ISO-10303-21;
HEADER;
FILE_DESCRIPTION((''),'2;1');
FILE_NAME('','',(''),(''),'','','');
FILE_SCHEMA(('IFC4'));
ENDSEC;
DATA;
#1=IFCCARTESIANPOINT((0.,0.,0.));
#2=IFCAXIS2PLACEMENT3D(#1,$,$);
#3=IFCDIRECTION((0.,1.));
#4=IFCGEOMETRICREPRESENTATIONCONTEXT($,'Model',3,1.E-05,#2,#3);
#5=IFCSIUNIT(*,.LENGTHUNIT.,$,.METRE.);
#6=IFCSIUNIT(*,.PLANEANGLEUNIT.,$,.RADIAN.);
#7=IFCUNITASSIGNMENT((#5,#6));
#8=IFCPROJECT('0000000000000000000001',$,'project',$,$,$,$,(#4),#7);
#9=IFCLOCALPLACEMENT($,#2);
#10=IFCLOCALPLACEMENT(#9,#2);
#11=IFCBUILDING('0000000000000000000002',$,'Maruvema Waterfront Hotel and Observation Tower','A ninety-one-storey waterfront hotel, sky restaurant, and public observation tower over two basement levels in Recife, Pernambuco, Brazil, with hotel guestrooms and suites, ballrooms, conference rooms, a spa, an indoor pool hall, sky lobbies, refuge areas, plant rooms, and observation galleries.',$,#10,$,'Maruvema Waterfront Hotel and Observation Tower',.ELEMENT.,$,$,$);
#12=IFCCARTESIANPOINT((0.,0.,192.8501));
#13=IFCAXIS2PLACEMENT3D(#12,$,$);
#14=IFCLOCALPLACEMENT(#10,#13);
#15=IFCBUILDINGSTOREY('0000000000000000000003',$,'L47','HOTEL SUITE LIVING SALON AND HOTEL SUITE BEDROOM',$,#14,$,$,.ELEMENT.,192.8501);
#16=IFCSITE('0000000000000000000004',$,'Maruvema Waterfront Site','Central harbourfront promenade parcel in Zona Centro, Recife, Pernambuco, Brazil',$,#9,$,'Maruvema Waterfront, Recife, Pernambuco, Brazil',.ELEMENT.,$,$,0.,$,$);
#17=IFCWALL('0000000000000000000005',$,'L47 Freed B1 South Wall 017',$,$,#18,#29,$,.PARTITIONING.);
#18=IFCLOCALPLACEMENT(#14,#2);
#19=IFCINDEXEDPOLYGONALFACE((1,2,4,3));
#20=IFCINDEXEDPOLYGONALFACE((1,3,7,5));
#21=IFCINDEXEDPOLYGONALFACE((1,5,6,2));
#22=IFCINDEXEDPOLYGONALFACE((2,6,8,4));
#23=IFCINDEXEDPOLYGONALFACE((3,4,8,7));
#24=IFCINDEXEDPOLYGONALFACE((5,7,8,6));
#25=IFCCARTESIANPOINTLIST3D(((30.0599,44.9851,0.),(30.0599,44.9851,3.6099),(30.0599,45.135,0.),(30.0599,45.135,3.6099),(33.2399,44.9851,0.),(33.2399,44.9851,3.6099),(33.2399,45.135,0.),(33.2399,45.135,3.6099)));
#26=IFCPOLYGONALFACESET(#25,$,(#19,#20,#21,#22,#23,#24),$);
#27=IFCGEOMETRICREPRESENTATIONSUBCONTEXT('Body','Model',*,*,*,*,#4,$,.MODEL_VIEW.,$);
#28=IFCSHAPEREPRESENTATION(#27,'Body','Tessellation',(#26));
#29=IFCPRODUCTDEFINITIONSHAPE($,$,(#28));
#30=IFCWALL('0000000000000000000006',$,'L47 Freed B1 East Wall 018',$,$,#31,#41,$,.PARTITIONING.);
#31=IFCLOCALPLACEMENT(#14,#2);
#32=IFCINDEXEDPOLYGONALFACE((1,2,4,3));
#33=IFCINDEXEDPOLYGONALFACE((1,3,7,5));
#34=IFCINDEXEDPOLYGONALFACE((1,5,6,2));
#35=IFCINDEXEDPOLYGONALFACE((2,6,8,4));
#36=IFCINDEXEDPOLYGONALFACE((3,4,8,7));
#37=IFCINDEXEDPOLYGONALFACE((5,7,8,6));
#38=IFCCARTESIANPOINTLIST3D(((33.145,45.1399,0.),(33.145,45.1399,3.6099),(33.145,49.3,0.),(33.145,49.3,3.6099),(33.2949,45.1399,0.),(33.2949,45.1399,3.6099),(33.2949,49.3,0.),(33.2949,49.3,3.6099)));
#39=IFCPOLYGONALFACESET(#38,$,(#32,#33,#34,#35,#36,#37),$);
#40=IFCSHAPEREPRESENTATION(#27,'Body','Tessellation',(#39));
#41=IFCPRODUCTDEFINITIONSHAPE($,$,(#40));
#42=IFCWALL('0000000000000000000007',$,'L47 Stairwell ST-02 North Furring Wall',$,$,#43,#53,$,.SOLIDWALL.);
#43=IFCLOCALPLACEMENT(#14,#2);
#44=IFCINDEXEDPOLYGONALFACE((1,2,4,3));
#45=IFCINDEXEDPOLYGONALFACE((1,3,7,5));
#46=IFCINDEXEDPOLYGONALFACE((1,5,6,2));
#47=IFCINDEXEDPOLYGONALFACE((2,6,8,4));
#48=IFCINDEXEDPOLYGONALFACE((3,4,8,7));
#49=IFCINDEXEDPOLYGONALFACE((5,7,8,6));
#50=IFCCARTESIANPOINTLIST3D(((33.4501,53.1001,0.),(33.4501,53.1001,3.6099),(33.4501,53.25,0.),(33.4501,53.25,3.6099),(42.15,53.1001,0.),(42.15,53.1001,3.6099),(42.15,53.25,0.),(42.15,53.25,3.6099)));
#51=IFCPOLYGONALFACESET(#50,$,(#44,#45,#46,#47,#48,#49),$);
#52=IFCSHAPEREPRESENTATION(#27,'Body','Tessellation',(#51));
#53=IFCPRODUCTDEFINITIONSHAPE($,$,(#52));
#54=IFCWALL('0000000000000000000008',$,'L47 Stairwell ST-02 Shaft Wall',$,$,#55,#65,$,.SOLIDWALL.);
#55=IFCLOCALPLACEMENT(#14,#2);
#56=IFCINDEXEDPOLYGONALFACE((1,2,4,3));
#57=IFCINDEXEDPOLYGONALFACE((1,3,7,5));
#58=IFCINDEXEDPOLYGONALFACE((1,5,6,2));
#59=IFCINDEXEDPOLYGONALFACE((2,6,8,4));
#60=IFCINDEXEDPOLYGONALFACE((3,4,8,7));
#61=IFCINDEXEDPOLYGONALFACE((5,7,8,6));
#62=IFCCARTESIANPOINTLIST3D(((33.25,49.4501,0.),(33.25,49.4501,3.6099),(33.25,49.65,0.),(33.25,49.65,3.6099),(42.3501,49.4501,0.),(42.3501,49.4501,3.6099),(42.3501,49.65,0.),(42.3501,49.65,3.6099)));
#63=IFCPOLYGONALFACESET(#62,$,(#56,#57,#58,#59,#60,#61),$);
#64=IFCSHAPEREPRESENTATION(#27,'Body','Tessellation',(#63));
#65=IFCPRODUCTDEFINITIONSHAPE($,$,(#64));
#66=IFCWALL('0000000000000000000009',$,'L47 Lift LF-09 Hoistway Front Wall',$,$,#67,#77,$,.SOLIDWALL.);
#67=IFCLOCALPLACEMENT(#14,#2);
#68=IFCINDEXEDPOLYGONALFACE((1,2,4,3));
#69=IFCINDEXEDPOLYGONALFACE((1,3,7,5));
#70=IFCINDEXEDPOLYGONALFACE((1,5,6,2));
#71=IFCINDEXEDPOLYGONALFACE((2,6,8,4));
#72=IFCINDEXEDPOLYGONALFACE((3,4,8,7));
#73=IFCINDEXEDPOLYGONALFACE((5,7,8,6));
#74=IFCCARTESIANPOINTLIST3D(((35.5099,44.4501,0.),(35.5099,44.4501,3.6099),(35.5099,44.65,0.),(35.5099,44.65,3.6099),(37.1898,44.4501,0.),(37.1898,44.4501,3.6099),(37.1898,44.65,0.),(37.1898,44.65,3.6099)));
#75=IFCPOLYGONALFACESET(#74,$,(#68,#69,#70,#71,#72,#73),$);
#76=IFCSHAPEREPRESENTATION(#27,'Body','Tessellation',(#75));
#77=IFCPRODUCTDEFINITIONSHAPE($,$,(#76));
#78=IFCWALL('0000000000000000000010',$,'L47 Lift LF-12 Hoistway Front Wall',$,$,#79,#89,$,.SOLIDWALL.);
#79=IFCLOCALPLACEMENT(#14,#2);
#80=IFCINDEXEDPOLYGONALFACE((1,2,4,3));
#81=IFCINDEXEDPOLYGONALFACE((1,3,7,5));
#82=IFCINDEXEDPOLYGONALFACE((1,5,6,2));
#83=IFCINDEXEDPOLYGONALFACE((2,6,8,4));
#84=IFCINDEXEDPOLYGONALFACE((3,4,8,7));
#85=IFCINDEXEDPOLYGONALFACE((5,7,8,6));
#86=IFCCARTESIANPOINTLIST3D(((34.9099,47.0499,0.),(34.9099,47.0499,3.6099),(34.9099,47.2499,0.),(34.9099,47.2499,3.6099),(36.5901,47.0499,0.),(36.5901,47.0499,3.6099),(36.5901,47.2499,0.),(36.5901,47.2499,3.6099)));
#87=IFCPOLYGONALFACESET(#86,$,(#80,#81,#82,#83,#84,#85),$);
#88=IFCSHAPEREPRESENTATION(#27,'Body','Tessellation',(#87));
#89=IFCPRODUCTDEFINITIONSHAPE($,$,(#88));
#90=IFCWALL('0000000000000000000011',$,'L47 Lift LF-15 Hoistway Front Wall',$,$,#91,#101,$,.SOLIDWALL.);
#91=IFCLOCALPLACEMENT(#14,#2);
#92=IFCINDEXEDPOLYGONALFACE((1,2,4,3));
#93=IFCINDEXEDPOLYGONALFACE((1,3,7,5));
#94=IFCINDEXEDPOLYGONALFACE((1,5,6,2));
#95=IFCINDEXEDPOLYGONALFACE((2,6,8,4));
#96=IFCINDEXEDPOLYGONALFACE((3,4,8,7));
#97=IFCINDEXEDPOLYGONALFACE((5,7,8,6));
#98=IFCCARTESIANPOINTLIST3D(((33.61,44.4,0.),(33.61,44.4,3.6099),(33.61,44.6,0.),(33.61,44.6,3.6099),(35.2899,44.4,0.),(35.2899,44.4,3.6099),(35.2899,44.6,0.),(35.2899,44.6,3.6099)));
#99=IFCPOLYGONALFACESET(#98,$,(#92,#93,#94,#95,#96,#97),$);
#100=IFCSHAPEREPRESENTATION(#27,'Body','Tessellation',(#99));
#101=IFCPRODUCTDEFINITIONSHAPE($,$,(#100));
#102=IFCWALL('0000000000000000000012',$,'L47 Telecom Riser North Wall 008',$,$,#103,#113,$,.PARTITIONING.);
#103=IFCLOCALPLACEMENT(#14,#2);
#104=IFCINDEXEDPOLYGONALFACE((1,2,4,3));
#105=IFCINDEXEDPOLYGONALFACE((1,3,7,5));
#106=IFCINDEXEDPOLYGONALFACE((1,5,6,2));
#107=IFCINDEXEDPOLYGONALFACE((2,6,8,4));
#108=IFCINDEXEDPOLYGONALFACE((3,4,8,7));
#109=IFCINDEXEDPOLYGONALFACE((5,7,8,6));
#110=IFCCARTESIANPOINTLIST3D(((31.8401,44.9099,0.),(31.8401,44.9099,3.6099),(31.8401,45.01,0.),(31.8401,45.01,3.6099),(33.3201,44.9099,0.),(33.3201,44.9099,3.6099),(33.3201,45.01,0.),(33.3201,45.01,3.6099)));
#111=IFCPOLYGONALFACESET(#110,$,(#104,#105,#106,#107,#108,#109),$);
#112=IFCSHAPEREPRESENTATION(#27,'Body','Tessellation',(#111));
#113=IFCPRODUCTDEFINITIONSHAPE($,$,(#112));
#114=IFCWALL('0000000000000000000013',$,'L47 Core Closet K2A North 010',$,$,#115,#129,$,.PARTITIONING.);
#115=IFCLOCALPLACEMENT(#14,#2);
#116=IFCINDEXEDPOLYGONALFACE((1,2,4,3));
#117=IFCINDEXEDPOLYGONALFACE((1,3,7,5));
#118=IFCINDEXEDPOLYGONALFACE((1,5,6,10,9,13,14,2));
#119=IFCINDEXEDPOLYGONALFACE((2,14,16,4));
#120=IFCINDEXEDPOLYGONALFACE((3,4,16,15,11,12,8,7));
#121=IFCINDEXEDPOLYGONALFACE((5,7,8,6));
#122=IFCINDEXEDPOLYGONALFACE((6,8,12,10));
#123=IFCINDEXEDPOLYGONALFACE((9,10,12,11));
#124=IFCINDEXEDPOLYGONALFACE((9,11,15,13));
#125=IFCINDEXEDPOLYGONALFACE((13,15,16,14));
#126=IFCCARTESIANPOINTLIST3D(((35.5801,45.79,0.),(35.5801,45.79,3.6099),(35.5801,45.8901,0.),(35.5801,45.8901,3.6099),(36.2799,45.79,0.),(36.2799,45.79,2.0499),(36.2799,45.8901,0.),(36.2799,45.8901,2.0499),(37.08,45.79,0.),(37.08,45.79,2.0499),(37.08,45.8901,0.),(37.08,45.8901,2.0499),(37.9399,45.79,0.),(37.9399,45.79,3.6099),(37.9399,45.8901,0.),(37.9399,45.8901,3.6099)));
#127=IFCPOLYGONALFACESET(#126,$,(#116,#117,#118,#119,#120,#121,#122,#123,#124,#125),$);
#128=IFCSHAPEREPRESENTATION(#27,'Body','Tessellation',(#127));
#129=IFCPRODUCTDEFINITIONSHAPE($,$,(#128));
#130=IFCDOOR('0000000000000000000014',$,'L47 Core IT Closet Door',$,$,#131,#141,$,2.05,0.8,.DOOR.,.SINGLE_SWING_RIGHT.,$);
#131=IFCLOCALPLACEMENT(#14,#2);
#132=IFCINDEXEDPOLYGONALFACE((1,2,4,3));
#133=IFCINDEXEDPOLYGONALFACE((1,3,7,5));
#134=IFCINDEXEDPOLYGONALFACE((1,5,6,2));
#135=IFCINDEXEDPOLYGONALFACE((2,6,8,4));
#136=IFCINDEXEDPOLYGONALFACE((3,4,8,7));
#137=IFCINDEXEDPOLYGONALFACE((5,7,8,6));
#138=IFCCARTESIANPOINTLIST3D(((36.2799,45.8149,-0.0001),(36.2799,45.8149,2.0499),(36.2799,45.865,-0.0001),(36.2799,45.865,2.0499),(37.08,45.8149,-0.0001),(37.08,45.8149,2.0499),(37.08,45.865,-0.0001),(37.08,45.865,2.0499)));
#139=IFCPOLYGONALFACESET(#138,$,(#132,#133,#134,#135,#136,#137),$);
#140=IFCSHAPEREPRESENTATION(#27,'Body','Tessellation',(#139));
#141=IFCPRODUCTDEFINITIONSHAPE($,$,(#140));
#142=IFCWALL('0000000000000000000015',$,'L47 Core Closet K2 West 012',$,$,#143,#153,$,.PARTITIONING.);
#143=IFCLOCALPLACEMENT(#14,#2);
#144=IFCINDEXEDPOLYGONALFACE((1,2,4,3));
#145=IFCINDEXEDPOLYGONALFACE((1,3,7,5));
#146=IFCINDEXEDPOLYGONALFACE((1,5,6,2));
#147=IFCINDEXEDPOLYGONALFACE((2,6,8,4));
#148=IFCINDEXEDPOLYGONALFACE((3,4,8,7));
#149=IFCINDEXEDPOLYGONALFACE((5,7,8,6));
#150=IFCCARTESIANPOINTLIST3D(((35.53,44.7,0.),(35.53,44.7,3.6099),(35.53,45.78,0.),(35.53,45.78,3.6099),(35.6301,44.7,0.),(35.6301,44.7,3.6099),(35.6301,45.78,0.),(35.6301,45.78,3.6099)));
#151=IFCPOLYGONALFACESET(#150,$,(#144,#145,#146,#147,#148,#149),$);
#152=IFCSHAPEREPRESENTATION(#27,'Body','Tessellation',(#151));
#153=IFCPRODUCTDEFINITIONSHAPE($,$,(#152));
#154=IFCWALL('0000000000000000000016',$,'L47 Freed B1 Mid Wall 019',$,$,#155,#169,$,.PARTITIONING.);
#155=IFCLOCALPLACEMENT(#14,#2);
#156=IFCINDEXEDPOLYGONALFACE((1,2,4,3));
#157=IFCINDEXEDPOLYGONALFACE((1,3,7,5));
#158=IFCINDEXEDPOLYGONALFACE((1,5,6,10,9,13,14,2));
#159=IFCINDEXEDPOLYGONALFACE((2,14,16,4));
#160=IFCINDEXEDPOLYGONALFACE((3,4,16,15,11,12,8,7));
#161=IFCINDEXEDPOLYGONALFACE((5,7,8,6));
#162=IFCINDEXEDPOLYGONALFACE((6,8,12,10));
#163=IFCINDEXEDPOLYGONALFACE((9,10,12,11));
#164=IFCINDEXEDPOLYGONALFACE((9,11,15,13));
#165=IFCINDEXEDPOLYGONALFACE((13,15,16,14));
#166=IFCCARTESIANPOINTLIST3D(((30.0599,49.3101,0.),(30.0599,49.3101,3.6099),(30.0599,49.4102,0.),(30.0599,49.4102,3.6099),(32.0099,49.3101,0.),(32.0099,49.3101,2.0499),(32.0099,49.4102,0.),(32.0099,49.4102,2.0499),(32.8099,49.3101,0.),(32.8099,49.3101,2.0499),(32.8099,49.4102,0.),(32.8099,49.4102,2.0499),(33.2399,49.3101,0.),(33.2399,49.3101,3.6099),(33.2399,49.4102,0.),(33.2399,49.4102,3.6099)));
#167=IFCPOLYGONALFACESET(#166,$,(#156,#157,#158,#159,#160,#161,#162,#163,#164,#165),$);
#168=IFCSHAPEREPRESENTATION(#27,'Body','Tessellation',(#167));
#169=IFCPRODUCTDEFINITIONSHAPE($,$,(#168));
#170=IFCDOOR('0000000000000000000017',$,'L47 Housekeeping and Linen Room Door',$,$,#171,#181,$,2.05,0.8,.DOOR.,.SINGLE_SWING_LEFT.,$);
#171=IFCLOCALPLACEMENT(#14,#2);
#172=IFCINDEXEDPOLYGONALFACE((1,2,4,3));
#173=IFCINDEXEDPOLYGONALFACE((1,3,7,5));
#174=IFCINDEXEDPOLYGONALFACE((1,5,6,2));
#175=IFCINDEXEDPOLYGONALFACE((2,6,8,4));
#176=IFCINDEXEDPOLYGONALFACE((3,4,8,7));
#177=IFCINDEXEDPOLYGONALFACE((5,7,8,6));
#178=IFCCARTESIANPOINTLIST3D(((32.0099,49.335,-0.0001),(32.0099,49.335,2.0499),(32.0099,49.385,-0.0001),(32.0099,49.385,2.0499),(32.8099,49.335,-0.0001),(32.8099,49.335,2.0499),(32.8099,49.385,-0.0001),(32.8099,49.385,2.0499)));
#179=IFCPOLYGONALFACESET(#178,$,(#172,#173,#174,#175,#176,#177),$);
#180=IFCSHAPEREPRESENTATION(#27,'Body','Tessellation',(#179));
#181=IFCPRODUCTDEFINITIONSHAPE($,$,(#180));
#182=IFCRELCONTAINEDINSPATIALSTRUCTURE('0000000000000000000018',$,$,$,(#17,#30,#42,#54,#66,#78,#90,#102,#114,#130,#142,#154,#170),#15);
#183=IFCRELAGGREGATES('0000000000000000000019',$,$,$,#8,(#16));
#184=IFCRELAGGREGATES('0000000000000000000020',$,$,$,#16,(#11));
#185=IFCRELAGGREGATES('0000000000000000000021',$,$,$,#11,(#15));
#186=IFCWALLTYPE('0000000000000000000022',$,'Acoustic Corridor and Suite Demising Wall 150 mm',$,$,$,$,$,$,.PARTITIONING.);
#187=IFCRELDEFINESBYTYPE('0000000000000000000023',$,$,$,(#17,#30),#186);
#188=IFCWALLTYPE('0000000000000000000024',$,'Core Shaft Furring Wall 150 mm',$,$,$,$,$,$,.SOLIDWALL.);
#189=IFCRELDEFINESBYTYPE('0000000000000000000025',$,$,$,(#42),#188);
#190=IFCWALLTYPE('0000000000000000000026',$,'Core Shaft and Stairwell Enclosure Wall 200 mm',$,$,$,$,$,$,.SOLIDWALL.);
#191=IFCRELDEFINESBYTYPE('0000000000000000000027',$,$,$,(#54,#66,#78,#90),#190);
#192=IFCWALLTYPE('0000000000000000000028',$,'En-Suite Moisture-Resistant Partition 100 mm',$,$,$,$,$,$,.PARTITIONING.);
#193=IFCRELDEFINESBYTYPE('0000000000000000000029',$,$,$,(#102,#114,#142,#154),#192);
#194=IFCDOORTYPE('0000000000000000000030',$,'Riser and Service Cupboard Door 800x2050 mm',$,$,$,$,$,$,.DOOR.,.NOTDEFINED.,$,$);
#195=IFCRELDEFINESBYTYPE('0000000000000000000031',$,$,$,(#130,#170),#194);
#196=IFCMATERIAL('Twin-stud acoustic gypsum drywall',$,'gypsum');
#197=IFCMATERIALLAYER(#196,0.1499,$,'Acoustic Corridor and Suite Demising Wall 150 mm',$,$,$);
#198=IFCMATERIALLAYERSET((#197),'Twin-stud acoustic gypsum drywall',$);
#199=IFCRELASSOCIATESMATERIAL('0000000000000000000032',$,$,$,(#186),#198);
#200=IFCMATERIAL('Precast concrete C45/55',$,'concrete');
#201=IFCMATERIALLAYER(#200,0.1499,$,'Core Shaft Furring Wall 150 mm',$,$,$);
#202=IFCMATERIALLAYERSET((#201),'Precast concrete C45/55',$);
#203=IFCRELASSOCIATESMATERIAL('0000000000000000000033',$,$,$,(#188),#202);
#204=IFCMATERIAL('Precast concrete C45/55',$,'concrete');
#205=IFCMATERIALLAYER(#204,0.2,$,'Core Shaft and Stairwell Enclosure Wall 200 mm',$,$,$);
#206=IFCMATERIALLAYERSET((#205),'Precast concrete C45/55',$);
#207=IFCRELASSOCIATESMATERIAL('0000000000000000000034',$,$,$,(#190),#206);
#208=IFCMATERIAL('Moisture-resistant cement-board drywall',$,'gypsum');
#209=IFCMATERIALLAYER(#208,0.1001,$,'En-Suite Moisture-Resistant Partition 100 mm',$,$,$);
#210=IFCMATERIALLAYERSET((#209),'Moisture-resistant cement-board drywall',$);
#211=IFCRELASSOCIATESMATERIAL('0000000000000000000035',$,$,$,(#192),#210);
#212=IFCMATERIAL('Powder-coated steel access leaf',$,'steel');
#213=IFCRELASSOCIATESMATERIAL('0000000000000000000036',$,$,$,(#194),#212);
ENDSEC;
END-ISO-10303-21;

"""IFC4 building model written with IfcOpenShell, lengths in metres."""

from ifc_helpers import new_model, si_unit, direction, frame, frame_2d, origin, place, context, subcontext, project, spatial, rectangle, extrude, material, layer, layer_set, type_object, element, fill, save


model = new_model("IFC4")

# Units and contexts
model_context = context("Model", 3, precision=1e-05, world=origin(), true_north=direction((0.0, 1.0)))
body_context = subcontext(model_context, "Body", "Model", "MODEL_VIEW")
ifc_project = project(units=[si_unit("LENGTHUNIT", "METRE"), si_unit("PLANEANGLEUNIT", "RADIAN")], contexts=[model_context])

# Site, building, storey
site_placement = place(None, origin())
site = spatial("IfcSite", under=ifc_project, at=site_placement, Name="Maruvema Waterfront Site", Description="Central harbourfront promenade parcel in Zona Centro, Recife, Pernambuco, Brazil", LongName="Maruvema Waterfront, Recife, Pernambuco, Brazil", CompositionType="ELEMENT", RefElevation=0.0)
building_placement = place(site_placement, origin())
building = spatial("IfcBuilding", under=site, at=building_placement, Name="Maruvema Waterfront Hotel and Observation Tower", Description="A ninety-one-storey waterfront hotel, sky restaurant, and public observation tower over two basement levels in Recife, Pernambuco, Brazil, with hotel guestrooms and suites, ballrooms, conference rooms, a spa, an indoor pool hall, sky lobbies, refuge areas, plant rooms, and observation galleries.", LongName="Maruvema Waterfront Hotel and Observation Tower", CompositionType="ELEMENT")
storey_placement = place(building_placement, frame((0.0, 0.0, 192.8501)))
storey = spatial("IfcBuildingStorey", under=building, at=storey_placement, Name="L47", Description="HOTEL SUITE LIVING SALON AND HOTEL SUITE BEDROOM", CompositionType="ELEMENT", Elevation=192.8501)

# Walls
ifc_material_1 = material(Name="Twin-stud acoustic gypsum drywall", Category="gypsum")
ifc_layer_1 = layer(ifc_material_1, 0.1499, Name="Acoustic Corridor and Suite Demising Wall 150 mm")
ifc_layer_set_1 = layer_set([ifc_layer_1], Name="Twin-stud acoustic gypsum drywall")
wall_type_1 = type_object("IfcWallType", Name="Acoustic Corridor and Suite Demising Wall 150 mm", PredefinedType="PARTITIONING", material=ifc_layer_set_1)
wall_1_placement = place(storey_placement, frame((30.0601, 45.0601, 0.0), z_axis=(0.0, 0.0, 1.0), x_axis=(1.0, 0.0, 0.0)))
element("IfcWall", 1, at=wall_1_placement, inside=storey, type_object=wall_type_1, Name="L47 Freed B1 South Wall 017", PredefinedType="PARTITIONING", context=body_context, shape_type="SweptSolid", body=[
    extrude(rectangle(XDim=3.1799, YDim=0.1499, at=frame_2d((1.5898, 0.0))), origin(), (0.0, 0.0, 1.0), 3.6099),
])
wall_2_placement = place(storey_placement, frame((33.22, 45.1399, 0.0), z_axis=(0.0, 0.0, 1.0), x_axis=(0.0, 1.0, 0.0)))
element("IfcWall", 2, at=wall_2_placement, inside=storey, type_object=wall_type_1, Name="L47 Freed B1 East Wall 018", PredefinedType="PARTITIONING", context=body_context, shape_type="SweptSolid", body=[
    extrude(rectangle(XDim=4.1602, YDim=0.1499, at=frame_2d((2.0801, 0.0))), origin(), (0.0, 0.0, 1.0), 3.6099),
])
ifc_material_2 = material(Name="Precast concrete C45/55", Category="concrete")
ifc_layer_2 = layer(ifc_material_2, 0.1499, Name="Core Shaft Furring Wall 150 mm")
ifc_layer_set_2 = layer_set([ifc_layer_2], Name="Precast concrete C45/55")
wall_type_2 = type_object("IfcWallType", Name="Core Shaft Furring Wall 150 mm", PredefinedType="SOLIDWALL", material=ifc_layer_set_2)
wall_3_placement = place(storey_placement, frame((33.45, 53.175, 0.0), z_axis=(0.0, 0.0, 1.0), x_axis=(1.0, 0.0, 0.0)))
element("IfcWall", 3, at=wall_3_placement, inside=storey, type_object=wall_type_2, Name="L47 Stairwell ST-02 North Furring Wall", PredefinedType="SOLIDWALL", context=body_context, shape_type="SweptSolid", body=[
    extrude(rectangle(XDim=8.7, YDim=0.1499, at=frame_2d((4.3501, 0.0))), origin(), (0.0, 0.0, 1.0), 3.6099),
])
ifc_material_3 = material(Name="Precast concrete C45/55", Category="concrete")
ifc_layer_3 = layer(ifc_material_3, 0.2, Name="Core Shaft and Stairwell Enclosure Wall 200 mm")
ifc_layer_set_3 = layer_set([ifc_layer_3], Name="Precast concrete C45/55")
wall_type_3 = type_object("IfcWallType", Name="Core Shaft and Stairwell Enclosure Wall 200 mm", PredefinedType="SOLIDWALL", material=ifc_layer_set_3)
wall_4_placement = place(storey_placement, frame((33.25, 49.55, 0.0), z_axis=(0.0, 0.0, 1.0), x_axis=(1.0, 0.0, 0.0)))
element("IfcWall", 4, at=wall_4_placement, inside=storey, type_object=wall_type_3, Name="L47 Stairwell ST-02 Shaft Wall", PredefinedType="SOLIDWALL", context=body_context, shape_type="SweptSolid", body=[
    extrude(rectangle(XDim=9.1001, YDim=0.2, at=frame_2d((4.55, 0.0))), origin(), (0.0, 0.0, 1.0), 3.6099),
])

# Walls
wall_5_placement = place(storey_placement, frame((35.51, 44.55, 0.0), z_axis=(0.0, 0.0, 1.0), x_axis=(1.0, 0.0, 0.0)))
element("IfcWall", 5, at=wall_5_placement, inside=storey, type_object=wall_type_3, Name="L47 Lift LF-09 Hoistway Front Wall", PredefinedType="SOLIDWALL", context=body_context, shape_type="SweptSolid", body=[
    extrude(rectangle(XDim=1.6799, YDim=0.2, at=frame_2d((0.8398, 0.0))), origin(), (0.0, 0.0, 1.0), 3.6099),
])
wall_6_placement = place(storey_placement, frame((34.9099, 47.1499, 0.0), z_axis=(0.0, 0.0, 1.0), x_axis=(1.0, 0.0, 0.0)))
element("IfcWall", 6, at=wall_6_placement, inside=storey, type_object=wall_type_3, Name="L47 Lift LF-12 Hoistway Front Wall", PredefinedType="SOLIDWALL", context=body_context, shape_type="SweptSolid", body=[
    extrude(rectangle(XDim=1.6802, YDim=0.2, at=frame_2d((0.8401, 0.0))), origin(), (0.0, 0.0, 1.0), 3.6099),
])
wall_7_placement = place(storey_placement, frame((33.6101, 44.5, 0.0), z_axis=(0.0, 0.0, 1.0), x_axis=(1.0, 0.0, 0.0)))
element("IfcWall", 7, at=wall_7_placement, inside=storey, type_object=wall_type_3, Name="L47 Lift LF-15 Hoistway Front Wall", PredefinedType="SOLIDWALL", context=body_context, shape_type="SweptSolid", body=[
    extrude(rectangle(XDim=1.6799, YDim=0.2, at=frame_2d((0.8398, 0.0))), origin(), (0.0, 0.0, 1.0), 3.6099),
])
ifc_material_4 = material(Name="Moisture-resistant cement-board drywall", Category="gypsum")
ifc_layer_4 = layer(ifc_material_4, 0.1001, Name="En-Suite Moisture-Resistant Partition 100 mm")
ifc_layer_set_4 = layer_set([ifc_layer_4], Name="Moisture-resistant cement-board drywall")
wall_type_4 = type_object("IfcWallType", Name="En-Suite Moisture-Resistant Partition 100 mm", PredefinedType="PARTITIONING", material=ifc_layer_set_4)
wall_8_placement = place(storey_placement, frame((31.8401, 44.96, 0.0), z_axis=(0.0, 0.0, 1.0), x_axis=(1.0, 0.0, 0.0)))
element("IfcWall", 8, at=wall_8_placement, inside=storey, type_object=wall_type_4, Name="L47 Telecom Riser North Wall 008", PredefinedType="PARTITIONING", context=body_context, shape_type="SweptSolid", body=[
    extrude(rectangle(XDim=1.48, YDim=0.1001, at=frame_2d((0.74, 0.0))), origin(), (0.0, 0.0, 1.0), 3.6099),
])

# Wall, opening, door
wall_9_placement = place(storey_placement, frame((35.5801, 45.8401, 0.0), z_axis=(0.0, 0.0, 1.0), x_axis=(1.0, 0.0, 0.0)))
wall_9 = element("IfcWall", 9, at=wall_9_placement, inside=storey, type_object=wall_type_4, Name="L47 Core Closet K2A North 010", PredefinedType="PARTITIONING", context=body_context, shape_type="SweptSolid", body=[
    extrude(rectangle(XDim=2.3599, YDim=0.1001, at=frame_2d((1.1799, 0.0))), origin(), (0.0, 0.0, 1.0), 3.6099),
])
opening_1_placement = place(wall_9_placement, frame((0.7, 0.0, 0.0)))
opening_1 = element("IfcOpeningElement", 10, at=opening_1_placement, cuts=wall_9, PredefinedType="OPENING", context=body_context, shape_type="SweptSolid", body=[
    extrude(rectangle(XDim=0.8, YDim=2.05, at=frame_2d((0.3999, 1.0249))), frame((0.0, 0.0601, 0.0), z_axis=(0.0, -1.0, 0.0), x_axis=(1.0, 0.0, 0.0)), (0.0, 0.0, 1.0), 0.1201),
])
ifc_material_5 = material(Name="Powder-coated steel access leaf", Category="steel")
door_type_1 = type_object("IfcDoorType", Name="Riser and Service Cupboard Door 800x2050 mm", OperationType="NOTDEFINED", PredefinedType="DOOR", material=ifc_material_5)
door_1_placement = place(opening_1_placement, origin())
door_1 = element("IfcDoor", 11, at=door_1_placement, inside=storey, type_object=door_type_1, Name="L47 Core IT Closet Door", OperationType="SINGLE_SWING_RIGHT", OverallHeight=2.05, OverallWidth=0.8, PredefinedType="DOOR", context=body_context, shape_type="SweptSolid", body=[
    extrude(rectangle(XDim=0.8, YDim=2.05, at=frame_2d((0.3999, 1.0249))), frame((0.0, 0.0249, 0.0), z_axis=(0.0, -1.0, 0.0), x_axis=(1.0, 0.0, 0.0)), (0.0, 0.0, 1.0), 0.05),
])
fill(opening_1, door_1)

# Wall
wall_10_placement = place(storey_placement, frame((35.5801, 44.7, 0.0), z_axis=(0.0, 0.0, 1.0), x_axis=(0.0, 1.0, 0.0)))
element("IfcWall", 12, at=wall_10_placement, inside=storey, type_object=wall_type_4, Name="L47 Core Closet K2 West 012", PredefinedType="PARTITIONING", context=body_context, shape_type="SweptSolid", body=[
    extrude(rectangle(XDim=1.0801, YDim=0.1001, at=frame_2d((0.54, 0.0))), origin(), (0.0, 0.0, 1.0), 3.6099),
])

# Wall, opening, door
wall_11_placement = place(storey_placement, frame((30.0601, 49.3601, 0.0), z_axis=(0.0, 0.0, 1.0), x_axis=(1.0, 0.0, 0.0)))
wall_11 = element("IfcWall", 13, at=wall_11_placement, inside=storey, type_object=wall_type_4, Name="L47 Freed B1 Mid Wall 019", PredefinedType="PARTITIONING", context=body_context, shape_type="SweptSolid", body=[
    extrude(rectangle(XDim=3.1799, YDim=0.1001, at=frame_2d((1.5898, 0.0))), origin(), (0.0, 0.0, 1.0), 3.6099),
])
opening_2_placement = place(wall_11_placement, frame((1.95, 0.0, 0.0)))
opening_2 = element("IfcOpeningElement", 14, at=opening_2_placement, cuts=wall_11, PredefinedType="OPENING", context=body_context, shape_type="SweptSolid", body=[
    extrude(rectangle(XDim=0.8, YDim=2.05, at=frame_2d((0.3999, 1.0249))), frame((0.0, 0.0601, 0.0), z_axis=(0.0, -1.0, 0.0), x_axis=(1.0, 0.0, 0.0)), (0.0, 0.0, 1.0), 0.1201),
])
door_2_placement = place(opening_2_placement, origin())
door_2 = element("IfcDoor", 15, at=door_2_placement, inside=storey, type_object=door_type_1, Name="L47 Housekeeping and Linen Room Door", OperationType="SINGLE_SWING_LEFT", OverallHeight=2.05, OverallWidth=0.8, PredefinedType="DOOR", context=body_context, shape_type="SweptSolid", body=[
    extrude(rectangle(XDim=0.8, YDim=2.05, at=frame_2d((0.3999, 1.0249))), frame((0.0, 0.0249, 0.0), z_axis=(0.0, -1.0, 0.0), x_axis=(1.0, 0.0, 0.0)), (0.0, 0.0, 1.0), 0.05),
])
fill(opening_2, door_2)

save(model, "model.ifc")
